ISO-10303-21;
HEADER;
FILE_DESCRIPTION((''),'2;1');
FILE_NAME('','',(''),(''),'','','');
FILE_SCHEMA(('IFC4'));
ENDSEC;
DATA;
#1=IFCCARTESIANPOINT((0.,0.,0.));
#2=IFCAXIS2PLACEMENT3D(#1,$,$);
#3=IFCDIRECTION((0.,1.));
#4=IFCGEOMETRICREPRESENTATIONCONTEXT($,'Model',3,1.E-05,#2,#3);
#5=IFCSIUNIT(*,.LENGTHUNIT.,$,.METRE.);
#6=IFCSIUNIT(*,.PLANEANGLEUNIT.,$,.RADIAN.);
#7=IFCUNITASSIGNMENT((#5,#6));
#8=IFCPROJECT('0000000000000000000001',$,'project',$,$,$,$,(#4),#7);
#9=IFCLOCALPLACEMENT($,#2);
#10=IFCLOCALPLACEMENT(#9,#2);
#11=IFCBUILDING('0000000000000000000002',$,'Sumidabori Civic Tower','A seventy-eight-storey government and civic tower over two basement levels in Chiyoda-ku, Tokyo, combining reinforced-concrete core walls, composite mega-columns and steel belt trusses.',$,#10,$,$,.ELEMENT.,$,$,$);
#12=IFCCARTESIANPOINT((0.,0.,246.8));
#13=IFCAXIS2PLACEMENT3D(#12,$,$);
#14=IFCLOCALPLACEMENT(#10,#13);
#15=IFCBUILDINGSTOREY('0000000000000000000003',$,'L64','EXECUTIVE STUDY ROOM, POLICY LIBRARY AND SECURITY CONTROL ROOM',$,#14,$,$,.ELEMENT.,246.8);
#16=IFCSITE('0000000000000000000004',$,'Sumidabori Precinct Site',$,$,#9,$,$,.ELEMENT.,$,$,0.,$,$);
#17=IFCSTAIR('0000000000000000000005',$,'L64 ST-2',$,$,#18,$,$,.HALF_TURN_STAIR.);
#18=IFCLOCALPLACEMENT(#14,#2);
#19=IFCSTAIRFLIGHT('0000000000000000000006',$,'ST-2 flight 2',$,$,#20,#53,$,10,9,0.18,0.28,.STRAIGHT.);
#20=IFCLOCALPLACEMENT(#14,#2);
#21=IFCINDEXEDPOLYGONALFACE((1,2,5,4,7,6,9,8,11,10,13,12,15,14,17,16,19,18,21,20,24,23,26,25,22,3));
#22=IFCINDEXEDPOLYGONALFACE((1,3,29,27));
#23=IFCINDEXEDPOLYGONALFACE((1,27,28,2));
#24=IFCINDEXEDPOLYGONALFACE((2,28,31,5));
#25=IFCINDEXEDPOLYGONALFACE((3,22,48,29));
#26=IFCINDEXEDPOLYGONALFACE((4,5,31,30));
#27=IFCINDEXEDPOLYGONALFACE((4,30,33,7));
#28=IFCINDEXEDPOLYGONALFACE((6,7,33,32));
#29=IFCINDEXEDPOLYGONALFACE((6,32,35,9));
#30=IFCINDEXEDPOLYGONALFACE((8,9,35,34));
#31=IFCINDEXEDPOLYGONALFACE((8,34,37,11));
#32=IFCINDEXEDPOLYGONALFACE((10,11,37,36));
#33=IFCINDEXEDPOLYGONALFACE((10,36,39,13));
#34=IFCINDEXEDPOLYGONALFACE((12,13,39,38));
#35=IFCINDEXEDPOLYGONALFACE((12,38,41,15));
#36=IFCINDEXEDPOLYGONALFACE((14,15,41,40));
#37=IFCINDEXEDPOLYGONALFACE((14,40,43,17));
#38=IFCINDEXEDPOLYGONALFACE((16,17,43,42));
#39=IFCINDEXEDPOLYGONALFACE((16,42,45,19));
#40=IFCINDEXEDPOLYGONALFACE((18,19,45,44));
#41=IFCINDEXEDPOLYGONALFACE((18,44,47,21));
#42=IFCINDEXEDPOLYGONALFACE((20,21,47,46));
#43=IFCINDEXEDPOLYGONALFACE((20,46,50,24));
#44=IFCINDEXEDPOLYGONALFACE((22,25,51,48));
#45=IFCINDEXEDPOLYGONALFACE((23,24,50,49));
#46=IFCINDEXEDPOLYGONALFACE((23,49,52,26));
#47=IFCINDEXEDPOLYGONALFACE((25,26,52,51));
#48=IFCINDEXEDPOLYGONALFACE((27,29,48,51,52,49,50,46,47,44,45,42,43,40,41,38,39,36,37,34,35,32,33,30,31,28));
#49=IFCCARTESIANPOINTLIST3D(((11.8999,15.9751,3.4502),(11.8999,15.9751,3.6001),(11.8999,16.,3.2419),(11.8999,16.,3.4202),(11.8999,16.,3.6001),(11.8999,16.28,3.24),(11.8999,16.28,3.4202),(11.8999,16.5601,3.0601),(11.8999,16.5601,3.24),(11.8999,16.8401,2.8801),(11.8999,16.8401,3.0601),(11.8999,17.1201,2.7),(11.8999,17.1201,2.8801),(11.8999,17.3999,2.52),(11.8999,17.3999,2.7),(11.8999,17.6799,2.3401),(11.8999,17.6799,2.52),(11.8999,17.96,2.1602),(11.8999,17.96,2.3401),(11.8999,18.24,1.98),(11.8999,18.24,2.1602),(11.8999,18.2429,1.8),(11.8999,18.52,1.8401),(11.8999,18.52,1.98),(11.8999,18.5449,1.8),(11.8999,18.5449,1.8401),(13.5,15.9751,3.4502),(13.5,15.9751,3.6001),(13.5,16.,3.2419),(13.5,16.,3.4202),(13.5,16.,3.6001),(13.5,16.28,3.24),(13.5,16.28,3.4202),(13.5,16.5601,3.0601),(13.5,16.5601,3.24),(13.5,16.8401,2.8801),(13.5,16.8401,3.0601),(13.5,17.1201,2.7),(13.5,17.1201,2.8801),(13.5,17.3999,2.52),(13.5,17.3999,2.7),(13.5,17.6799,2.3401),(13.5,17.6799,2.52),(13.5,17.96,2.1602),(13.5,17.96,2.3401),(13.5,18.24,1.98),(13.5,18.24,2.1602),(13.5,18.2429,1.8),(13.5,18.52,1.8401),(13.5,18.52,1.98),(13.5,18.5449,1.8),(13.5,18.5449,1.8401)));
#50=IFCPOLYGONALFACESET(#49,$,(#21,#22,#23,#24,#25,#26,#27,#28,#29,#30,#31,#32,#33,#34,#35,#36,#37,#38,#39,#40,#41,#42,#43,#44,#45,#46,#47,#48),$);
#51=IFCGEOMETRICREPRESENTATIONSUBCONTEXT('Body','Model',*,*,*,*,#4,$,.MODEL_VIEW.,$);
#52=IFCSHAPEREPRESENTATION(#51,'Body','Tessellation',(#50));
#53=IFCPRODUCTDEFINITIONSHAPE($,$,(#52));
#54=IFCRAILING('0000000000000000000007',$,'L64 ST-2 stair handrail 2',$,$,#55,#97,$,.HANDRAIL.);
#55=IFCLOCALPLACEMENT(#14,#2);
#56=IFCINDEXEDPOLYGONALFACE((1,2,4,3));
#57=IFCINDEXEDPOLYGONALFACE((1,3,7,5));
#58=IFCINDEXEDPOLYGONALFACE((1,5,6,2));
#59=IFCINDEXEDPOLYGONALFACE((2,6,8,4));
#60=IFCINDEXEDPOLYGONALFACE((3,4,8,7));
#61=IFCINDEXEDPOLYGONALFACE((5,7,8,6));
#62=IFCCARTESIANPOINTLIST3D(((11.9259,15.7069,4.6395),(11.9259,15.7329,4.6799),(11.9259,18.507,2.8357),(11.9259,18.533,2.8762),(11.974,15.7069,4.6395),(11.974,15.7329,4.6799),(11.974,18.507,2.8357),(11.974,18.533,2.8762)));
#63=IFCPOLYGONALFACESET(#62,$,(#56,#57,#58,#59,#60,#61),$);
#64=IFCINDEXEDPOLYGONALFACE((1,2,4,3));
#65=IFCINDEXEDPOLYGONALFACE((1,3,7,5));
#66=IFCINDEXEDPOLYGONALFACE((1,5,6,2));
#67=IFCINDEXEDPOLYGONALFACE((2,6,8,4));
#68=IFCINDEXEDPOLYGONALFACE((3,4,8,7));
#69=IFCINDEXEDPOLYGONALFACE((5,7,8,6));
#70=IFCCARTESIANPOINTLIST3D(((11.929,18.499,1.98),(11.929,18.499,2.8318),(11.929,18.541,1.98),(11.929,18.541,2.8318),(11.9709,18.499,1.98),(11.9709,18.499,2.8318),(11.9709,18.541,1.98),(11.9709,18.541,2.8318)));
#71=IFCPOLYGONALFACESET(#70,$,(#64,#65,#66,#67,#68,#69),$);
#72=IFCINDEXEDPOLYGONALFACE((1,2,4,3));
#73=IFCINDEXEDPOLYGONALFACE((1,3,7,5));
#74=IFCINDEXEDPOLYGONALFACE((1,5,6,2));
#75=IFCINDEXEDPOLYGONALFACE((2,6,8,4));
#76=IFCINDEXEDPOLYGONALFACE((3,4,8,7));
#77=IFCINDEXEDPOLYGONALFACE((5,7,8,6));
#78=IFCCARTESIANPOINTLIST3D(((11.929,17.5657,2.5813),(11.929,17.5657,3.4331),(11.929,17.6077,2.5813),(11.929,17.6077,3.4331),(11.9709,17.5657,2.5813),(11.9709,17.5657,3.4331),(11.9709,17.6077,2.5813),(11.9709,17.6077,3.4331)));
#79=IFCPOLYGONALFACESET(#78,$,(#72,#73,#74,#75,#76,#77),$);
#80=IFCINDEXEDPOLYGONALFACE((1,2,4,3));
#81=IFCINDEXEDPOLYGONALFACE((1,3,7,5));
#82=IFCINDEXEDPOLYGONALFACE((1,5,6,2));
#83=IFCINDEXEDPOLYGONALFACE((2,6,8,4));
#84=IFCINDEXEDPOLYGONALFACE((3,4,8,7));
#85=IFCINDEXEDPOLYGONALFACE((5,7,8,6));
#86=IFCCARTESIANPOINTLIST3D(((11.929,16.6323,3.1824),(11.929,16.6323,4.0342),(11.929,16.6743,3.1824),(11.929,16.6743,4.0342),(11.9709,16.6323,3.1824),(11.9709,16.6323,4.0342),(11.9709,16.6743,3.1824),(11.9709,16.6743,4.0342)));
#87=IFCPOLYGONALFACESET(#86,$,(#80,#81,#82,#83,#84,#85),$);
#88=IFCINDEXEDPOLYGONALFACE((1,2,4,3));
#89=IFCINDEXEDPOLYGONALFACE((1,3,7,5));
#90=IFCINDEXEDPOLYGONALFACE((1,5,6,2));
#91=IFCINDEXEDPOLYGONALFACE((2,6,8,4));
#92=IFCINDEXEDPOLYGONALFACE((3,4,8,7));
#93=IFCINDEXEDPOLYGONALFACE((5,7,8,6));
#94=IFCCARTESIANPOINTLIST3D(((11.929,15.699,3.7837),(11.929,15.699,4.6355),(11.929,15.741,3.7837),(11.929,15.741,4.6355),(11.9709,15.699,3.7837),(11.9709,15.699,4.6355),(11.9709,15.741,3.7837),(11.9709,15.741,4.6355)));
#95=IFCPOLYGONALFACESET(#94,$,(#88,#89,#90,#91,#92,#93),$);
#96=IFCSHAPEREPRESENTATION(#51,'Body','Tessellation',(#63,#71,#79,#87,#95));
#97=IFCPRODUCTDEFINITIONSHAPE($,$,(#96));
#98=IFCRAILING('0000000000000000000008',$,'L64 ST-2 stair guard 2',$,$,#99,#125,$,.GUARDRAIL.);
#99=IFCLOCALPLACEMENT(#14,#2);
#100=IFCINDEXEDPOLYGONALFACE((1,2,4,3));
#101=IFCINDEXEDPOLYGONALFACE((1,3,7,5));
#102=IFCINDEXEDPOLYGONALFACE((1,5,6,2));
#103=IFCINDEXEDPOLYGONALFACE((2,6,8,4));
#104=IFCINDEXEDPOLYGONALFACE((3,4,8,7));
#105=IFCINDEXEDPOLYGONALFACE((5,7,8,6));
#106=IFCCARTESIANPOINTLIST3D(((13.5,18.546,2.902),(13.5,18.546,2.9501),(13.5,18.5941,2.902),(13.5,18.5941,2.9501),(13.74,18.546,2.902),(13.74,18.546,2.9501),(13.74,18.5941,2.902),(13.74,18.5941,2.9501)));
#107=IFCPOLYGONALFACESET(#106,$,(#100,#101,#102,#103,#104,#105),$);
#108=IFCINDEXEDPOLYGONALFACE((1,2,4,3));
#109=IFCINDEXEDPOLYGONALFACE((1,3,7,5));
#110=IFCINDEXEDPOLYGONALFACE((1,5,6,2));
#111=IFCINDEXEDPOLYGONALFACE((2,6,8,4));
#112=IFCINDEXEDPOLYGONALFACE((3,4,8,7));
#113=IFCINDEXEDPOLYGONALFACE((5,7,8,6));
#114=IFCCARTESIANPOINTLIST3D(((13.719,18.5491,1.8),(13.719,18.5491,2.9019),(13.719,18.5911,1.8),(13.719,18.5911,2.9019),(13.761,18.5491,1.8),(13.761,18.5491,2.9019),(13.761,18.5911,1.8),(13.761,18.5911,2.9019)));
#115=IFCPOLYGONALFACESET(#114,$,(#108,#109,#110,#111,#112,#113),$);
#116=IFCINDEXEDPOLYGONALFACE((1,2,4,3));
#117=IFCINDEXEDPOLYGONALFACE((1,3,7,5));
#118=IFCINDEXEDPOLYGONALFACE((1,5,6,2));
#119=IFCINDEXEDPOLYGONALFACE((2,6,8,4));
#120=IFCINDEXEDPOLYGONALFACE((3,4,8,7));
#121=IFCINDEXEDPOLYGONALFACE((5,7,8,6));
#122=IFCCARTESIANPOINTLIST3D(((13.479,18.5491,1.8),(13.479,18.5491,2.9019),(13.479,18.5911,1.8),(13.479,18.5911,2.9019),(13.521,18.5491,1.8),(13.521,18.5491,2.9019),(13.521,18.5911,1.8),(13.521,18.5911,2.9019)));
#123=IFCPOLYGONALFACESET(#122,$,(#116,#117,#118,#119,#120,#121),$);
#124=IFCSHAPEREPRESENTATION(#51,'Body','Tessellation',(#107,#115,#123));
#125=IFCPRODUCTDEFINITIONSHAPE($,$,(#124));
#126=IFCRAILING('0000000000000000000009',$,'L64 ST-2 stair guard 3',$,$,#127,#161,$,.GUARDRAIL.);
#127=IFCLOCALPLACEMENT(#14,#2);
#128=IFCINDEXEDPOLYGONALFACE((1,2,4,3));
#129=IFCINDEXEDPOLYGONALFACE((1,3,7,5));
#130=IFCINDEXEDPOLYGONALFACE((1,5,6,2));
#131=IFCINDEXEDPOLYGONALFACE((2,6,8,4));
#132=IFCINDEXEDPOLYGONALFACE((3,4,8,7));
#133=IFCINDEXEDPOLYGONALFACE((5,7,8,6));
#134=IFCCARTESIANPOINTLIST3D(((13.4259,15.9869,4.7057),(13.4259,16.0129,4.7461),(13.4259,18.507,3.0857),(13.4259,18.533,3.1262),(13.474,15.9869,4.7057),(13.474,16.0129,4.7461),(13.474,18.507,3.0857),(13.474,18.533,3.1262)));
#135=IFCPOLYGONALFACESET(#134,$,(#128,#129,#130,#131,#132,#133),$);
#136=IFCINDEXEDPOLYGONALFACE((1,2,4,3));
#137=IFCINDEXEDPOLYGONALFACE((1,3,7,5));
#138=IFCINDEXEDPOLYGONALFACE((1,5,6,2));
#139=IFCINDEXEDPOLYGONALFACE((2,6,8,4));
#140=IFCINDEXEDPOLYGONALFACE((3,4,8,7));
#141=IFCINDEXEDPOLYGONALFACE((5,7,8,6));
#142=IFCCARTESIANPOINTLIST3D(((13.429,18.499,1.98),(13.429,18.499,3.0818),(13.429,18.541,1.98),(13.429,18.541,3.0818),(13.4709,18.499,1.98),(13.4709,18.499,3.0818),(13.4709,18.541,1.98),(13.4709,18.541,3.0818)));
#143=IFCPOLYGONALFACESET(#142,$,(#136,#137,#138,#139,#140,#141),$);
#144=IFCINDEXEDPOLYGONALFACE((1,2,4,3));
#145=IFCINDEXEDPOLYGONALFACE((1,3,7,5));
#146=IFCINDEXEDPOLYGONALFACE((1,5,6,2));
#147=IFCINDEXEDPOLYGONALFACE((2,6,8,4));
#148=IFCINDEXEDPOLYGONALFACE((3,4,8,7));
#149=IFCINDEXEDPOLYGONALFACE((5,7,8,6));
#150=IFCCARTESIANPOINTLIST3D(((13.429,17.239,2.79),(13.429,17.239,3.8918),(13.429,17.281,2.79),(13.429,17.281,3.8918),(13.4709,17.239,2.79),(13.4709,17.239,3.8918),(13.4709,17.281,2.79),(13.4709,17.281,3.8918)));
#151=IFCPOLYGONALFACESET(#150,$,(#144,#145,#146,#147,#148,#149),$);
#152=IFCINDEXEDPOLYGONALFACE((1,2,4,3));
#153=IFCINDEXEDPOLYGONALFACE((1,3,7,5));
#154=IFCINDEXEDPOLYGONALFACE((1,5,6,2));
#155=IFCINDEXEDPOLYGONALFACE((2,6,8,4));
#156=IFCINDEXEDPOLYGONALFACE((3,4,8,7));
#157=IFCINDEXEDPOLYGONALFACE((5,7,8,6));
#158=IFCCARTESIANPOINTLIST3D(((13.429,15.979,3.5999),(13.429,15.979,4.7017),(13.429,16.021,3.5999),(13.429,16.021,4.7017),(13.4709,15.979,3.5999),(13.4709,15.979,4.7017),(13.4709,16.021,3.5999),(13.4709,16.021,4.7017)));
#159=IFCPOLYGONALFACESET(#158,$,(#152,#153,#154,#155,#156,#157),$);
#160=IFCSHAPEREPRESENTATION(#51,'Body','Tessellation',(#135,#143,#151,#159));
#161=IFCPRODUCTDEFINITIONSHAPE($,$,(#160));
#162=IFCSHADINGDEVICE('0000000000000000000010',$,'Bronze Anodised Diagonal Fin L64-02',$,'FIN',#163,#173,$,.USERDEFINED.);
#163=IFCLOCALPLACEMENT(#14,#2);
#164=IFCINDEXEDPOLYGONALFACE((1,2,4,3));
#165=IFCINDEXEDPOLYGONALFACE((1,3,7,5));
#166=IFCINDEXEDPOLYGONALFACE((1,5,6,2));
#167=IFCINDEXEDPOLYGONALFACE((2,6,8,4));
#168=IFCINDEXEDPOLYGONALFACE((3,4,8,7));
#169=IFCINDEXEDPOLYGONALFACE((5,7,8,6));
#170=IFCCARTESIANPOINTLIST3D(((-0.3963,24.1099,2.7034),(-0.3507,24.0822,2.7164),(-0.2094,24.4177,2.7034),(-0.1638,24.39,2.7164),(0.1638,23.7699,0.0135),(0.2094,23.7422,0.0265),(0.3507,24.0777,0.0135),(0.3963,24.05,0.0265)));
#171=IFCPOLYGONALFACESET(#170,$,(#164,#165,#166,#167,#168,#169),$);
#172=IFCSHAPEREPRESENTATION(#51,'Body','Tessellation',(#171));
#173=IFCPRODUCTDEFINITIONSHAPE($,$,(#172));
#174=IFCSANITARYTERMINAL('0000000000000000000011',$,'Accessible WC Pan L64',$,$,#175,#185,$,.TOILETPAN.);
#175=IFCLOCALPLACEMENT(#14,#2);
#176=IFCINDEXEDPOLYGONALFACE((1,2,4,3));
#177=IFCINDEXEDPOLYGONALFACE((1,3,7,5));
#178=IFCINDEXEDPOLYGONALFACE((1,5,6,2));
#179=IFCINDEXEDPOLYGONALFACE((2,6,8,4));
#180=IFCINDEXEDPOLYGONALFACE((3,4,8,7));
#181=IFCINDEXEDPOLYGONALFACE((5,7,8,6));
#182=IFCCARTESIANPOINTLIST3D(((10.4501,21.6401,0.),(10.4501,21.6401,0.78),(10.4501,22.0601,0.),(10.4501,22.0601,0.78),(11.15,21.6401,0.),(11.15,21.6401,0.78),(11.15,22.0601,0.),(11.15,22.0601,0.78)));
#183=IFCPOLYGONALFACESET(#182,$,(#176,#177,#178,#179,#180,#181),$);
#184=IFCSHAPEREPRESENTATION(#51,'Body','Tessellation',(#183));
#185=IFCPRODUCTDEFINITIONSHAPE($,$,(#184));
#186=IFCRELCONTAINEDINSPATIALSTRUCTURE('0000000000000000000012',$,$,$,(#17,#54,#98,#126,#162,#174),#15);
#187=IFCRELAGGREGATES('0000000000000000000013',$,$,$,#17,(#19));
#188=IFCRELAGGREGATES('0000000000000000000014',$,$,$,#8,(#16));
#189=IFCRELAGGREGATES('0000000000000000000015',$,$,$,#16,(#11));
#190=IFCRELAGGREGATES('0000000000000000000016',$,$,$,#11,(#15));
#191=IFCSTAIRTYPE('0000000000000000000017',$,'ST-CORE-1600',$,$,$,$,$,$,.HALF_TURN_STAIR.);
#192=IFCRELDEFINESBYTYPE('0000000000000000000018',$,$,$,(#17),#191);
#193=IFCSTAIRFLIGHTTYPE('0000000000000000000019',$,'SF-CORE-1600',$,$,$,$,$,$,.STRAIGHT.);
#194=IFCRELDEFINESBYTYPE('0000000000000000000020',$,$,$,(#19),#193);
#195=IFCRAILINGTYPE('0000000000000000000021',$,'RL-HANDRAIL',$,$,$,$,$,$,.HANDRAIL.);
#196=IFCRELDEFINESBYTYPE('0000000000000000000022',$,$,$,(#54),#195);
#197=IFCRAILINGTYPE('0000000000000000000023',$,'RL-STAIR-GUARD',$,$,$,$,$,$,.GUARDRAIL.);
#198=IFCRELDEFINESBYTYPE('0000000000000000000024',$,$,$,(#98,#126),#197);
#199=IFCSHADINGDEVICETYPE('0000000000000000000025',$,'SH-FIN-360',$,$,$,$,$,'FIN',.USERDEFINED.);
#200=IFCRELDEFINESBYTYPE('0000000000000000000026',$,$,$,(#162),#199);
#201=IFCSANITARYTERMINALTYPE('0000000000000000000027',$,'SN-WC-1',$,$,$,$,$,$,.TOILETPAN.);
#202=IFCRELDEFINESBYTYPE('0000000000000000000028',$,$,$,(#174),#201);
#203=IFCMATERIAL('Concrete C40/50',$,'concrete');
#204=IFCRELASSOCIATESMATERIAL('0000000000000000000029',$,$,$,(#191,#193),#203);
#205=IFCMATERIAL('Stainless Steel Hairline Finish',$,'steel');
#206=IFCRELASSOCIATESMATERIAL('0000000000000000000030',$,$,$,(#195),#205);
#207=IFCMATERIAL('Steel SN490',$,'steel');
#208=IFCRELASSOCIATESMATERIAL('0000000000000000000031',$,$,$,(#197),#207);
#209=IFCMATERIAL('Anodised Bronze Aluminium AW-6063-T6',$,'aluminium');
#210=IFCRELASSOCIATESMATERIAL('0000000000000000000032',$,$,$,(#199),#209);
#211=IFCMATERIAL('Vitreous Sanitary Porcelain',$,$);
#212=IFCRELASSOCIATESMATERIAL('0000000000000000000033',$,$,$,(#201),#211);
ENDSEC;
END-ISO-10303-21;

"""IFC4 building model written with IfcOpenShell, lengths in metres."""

from ifc_helpers import new_model, si_unit, direction, frame, origin, origin_2d, place, context, subcontext, project, spatial, polyline, rectangle, outline, extrude, source, transform, mapped, material, material_profile, profile_set, type_object, element, aggregate, save


model = new_model("IFC4")

# Units and contexts
model_context = context("Model", 3, precision=1e-05, world=origin(), true_north=direction((0.0, 1.0)))
body_context = subcontext(model_context, "Body", "Model", "MODEL_VIEW")
ifc_project = project(units=[si_unit("LENGTHUNIT", "METRE"), si_unit("PLANEANGLEUNIT", "RADIAN")], contexts=[model_context])

# Site, building, storey
site_placement = place(None, origin())
site = spatial("IfcSite", under=ifc_project, at=site_placement, Name="Sumidabori Precinct Site", CompositionType="ELEMENT", RefElevation=0.0)
building_placement = place(site_placement, origin())
building = spatial("IfcBuilding", under=site, at=building_placement, Name="Sumidabori Civic Tower", Description="A seventy-eight-storey government and civic tower over two basement levels in Chiyoda-ku, Tokyo, combining reinforced-concrete core walls, composite mega-columns and steel belt trusses.", CompositionType="ELEMENT")
storey_placement = place(building_placement, frame((0.0, 0.0, 246.8)))
storey = spatial("IfcBuildingStorey", under=building, at=storey_placement, Name="L64", Description="EXECUTIVE STUDY ROOM, POLICY LIBRARY AND SECURITY CONTROL ROOM", CompositionType="ELEMENT", Elevation=246.8)

# Shared definitions
ifc_material_1 = material(Name="Steel SN490", Category="steel")

# Shared definitions
ifc_material_2 = material(Name="Anodised Bronze Aluminium AW-6063-T6", Category="aluminium")

# Stair, stair flight
ifc_material_3 = material(Name="Concrete C40/50", Category="concrete")
stair_type = type_object("IfcStairType", Name="ST-CORE-1600", PredefinedType="HALF_TURN_STAIR", material=ifc_material_3)
stair_placement = place(storey_placement, origin())
stair = element("IfcStair", 1, at=stair_placement, inside=storey, type_object=stair_type, Name="L64 ST-2", PredefinedType="HALF_TURN_STAIR")
stair_flight_type = type_object("IfcStairFlightType", Name="SF-CORE-1600", PredefinedType="STRAIGHT", material=ifc_material_3)
shared_shape_1 = source(origin(), body_context, "Body", "SweptSolid", [
    extrude(outline(polyline([(-0.0249, 0.0), (-0.0249, 0.04), (0.0, 0.04), (0.0, 0.1799), (0.28, 0.1799), (0.28, 0.3601), (0.5601, 0.3601), (0.5601, 0.54), (0.8401, 0.54), (0.8401, 0.72), (1.1201, 0.72), (1.1201, 0.8999), (1.3999, 0.8999), (1.3999, 1.0801), (1.6799, 1.0801), (1.6799, 1.26), (1.96, 1.26), (1.96, 1.4399), (2.24, 1.4399), (2.24, 1.6201), (2.52, 1.6201), (2.52, 1.8), (2.5449, 1.8), (2.5449, 1.6501), (2.52, 1.4419), (0.2771, 0.0), (-0.0249, 0.0)])), frame((0.0, 0.8, 0.0), z_axis=(0.0, -1.0, 0.0), x_axis=(1.0, 0.0, 0.0)), (0.0, 0.0, 1.0), 1.6001),
])
stair_flight_placement = place(storey_placement, frame((12.7, 18.52, 1.8), z_axis=(0.0, 0.0, 1.0), x_axis=(0.0, -1.0, 0.0)))
stair_flight = element("IfcStairFlight", 2, at=stair_flight_placement, type_object=stair_flight_type, Name="ST-2 flight 2", NumberOfRisers=10, NumberOfTreads=9, PredefinedType="STRAIGHT", RiserHeight=0.18, TreadLength=0.28, context=body_context, shape_type="MappedRepresentation", body=[
    mapped(shared_shape_1, transform((0.0, 0.0, 0.0), x_axis=(1.0, 0.0, 0.0), y_axis=(0.0, 1.0, 0.0), z_axis=(0.0, 0.0, 1.0), scale=1.0)),
])
aggregate(stair, [stair_flight])

# Railings
ifc_material_4 = material(Name="Stainless Steel Hairline Finish", Category="steel")
railing_type_1 = type_object("IfcRailingType", Name="RL-HANDRAIL", PredefinedType="HANDRAIL", material=ifc_material_4)
railing_1_placement = place(storey_placement, frame((11.95, 18.52, 1.98)))
element("IfcRailing", 3, at=railing_1_placement, inside=storey, type_object=railing_type_1, Name="L64 ST-2 stair handrail 2", PredefinedType="HANDRAIL", context=body_context, shape_type="SweptSolid", body=[
    extrude(rectangle(XDim=0.0481, YDim=0.0481, at=origin_2d()), frame((0.0, 0.0, 0.876), z_axis=(0.0, -0.840676, 0.541539), x_axis=(1.0, 0.0, 0.0)), (0.0, 0.0, 1.0), 3.3308),
    extrude(rectangle(XDim=0.042, YDim=0.042, at=origin_2d()), origin(), (0.0, 0.0, 1.0), 0.8518),
    extrude(rectangle(XDim=0.042, YDim=0.042, at=origin_2d()), frame((0.0, -0.9333, 0.6013)), (0.0, 0.0, 1.0), 0.8518),
    extrude(rectangle(XDim=0.042, YDim=0.042, at=origin_2d()), frame((0.0, -1.8667, 1.2024)), (0.0, 0.0, 1.0), 0.8518),
    extrude(rectangle(XDim=0.042, YDim=0.042, at=origin_2d()), frame((0.0, -2.8, 1.8037)), (0.0, 0.0, 1.0), 0.8518),
])
railing_type_2 = type_object("IfcRailingType", Name="RL-STAIR-GUARD", PredefinedType="GUARDRAIL", material=ifc_material_1)
railing_2_placement = place(storey_placement, frame((13.74, 18.5701, 1.8)))
element("IfcRailing", 4, at=railing_2_placement, inside=storey, type_object=railing_type_2, Name="L64 ST-2 stair guard 2", PredefinedType="GUARDRAIL", context=body_context, shape_type="SweptSolid", body=[
    extrude(rectangle(XDim=0.0481, YDim=0.0481, at=origin_2d()), frame((0.0, 0.0, 1.126), z_axis=(-1.0, 0.0, 0.0), x_axis=(0.0, -1.0, 0.0)), (0.0, 0.0, 1.0), 0.24),
    extrude(rectangle(XDim=0.042, YDim=0.042, at=origin_2d()), origin(), (0.0, 0.0, 1.0), 1.1018),
    extrude(rectangle(XDim=0.042, YDim=0.042, at=origin_2d()), frame((-0.24, 0.0, 0.0)), (0.0, 0.0, 1.0), 1.1018),
])
railing_3_placement = place(storey_placement, frame((13.45, 18.52, 1.98)))
element("IfcRailing", 5, at=railing_3_placement, inside=storey, type_object=railing_type_2, Name="L64 ST-2 stair guard 3", PredefinedType="GUARDRAIL", context=body_context, shape_type="SweptSolid", body=[
    extrude(rectangle(XDim=0.0481, YDim=0.0481, at=origin_2d()), frame((0.0, 0.0, 1.126), z_axis=(0.0, -0.8412, 0.540725), x_axis=(1.0, 0.0, 0.0)), (0.0, 0.0, 1.0), 2.9958),
    extrude(rectangle(XDim=0.042, YDim=0.042, at=origin_2d()), origin(), (0.0, 0.0, 1.0), 1.1018),
    extrude(rectangle(XDim=0.042, YDim=0.042, at=origin_2d()), frame((0.0, -1.26, 0.8101)), (0.0, 0.0, 1.0), 1.1018),
    extrude(rectangle(XDim=0.042, YDim=0.042, at=origin_2d()), frame((0.0, -2.52, 1.6199)), (0.0, 0.0, 1.0), 1.1018),
])

# Shading device
ifc_material_profile_1 = material_profile(ifc_material_2, rectangle(XDim=0.0549, YDim=0.3601, at=origin_2d()), Name="BRONZE FIN 360x55")
ifc_profile_set_1 = profile_set([ifc_material_profile_1], Name="Anodised Bronze Aluminium AW-6063-T6")
shading_device_type = type_object("IfcShadingDeviceType", Name="SH-FIN-360", ElementType="FIN", PredefinedType="USERDEFINED", material=ifc_profile_set_1)
shared_shape_2 = source(origin(), body_context, "Body", "SweptSolid", [
    extrude(rectangle(XDim=0.0549, YDim=0.3601, at=origin_2d()), origin(), (0.0, 0.0, 1.0), 2.7686),
])
shading_device_placement = place(storey_placement, frame((0.28, 23.9099, 0.02), z_axis=(-0.20229, 0.122838, 0.971591), x_axis=(0.83047, -0.504291, 0.236665)))
element("IfcShadingDevice", 6, at=shading_device_placement, inside=storey, type_object=shading_device_type, Name="Bronze Anodised Diagonal Fin L64-02", ObjectType="FIN", PredefinedType="USERDEFINED", context=body_context, shape_type="MappedRepresentation", body=[
    mapped(shared_shape_2, transform((0.0, 0.0, 0.0), x_axis=(1.0, 0.0, 0.0), y_axis=(0.0, 1.0, 0.0), z_axis=(0.0, 0.0, 1.0), scale=1.0)),
])

# Sanitary terminal
ifc_material_5 = material(Name="Vitreous Sanitary Porcelain")
sanitary_terminal_type_1 = type_object("IfcSanitaryTerminalType", Name="SN-WC-1", PredefinedType="TOILETPAN", material=ifc_material_5)
shared_shape_3 = source(origin(), body_context, "Body", "SweptSolid", [
    extrude(rectangle(XDim=0.7, YDim=0.4199, at=origin_2d()), origin(), (0.0, 0.0, 1.0), 0.78),
])
sanitary_terminal_1_placement = place(storey_placement, frame((10.8, 21.8501, 0.0), z_axis=(0.0, 0.0, 1.0), x_axis=(1.0, 0.0, 0.0)))
element("IfcSanitaryTerminal", 7, at=sanitary_terminal_1_placement, inside=storey, type_object=sanitary_terminal_type_1, Name="Accessible WC Pan L64", PredefinedType="TOILETPAN", context=body_context, shape_type="MappedRepresentation", body=[
    mapped(shared_shape_3, transform((0.0, 0.0, 0.0), x_axis=(1.0, 0.0, 0.0), y_axis=(0.0, 1.0, 0.0), z_axis=(0.0, 0.0, 1.0), scale=1.0)),
])

save(model, "model.ifc")
